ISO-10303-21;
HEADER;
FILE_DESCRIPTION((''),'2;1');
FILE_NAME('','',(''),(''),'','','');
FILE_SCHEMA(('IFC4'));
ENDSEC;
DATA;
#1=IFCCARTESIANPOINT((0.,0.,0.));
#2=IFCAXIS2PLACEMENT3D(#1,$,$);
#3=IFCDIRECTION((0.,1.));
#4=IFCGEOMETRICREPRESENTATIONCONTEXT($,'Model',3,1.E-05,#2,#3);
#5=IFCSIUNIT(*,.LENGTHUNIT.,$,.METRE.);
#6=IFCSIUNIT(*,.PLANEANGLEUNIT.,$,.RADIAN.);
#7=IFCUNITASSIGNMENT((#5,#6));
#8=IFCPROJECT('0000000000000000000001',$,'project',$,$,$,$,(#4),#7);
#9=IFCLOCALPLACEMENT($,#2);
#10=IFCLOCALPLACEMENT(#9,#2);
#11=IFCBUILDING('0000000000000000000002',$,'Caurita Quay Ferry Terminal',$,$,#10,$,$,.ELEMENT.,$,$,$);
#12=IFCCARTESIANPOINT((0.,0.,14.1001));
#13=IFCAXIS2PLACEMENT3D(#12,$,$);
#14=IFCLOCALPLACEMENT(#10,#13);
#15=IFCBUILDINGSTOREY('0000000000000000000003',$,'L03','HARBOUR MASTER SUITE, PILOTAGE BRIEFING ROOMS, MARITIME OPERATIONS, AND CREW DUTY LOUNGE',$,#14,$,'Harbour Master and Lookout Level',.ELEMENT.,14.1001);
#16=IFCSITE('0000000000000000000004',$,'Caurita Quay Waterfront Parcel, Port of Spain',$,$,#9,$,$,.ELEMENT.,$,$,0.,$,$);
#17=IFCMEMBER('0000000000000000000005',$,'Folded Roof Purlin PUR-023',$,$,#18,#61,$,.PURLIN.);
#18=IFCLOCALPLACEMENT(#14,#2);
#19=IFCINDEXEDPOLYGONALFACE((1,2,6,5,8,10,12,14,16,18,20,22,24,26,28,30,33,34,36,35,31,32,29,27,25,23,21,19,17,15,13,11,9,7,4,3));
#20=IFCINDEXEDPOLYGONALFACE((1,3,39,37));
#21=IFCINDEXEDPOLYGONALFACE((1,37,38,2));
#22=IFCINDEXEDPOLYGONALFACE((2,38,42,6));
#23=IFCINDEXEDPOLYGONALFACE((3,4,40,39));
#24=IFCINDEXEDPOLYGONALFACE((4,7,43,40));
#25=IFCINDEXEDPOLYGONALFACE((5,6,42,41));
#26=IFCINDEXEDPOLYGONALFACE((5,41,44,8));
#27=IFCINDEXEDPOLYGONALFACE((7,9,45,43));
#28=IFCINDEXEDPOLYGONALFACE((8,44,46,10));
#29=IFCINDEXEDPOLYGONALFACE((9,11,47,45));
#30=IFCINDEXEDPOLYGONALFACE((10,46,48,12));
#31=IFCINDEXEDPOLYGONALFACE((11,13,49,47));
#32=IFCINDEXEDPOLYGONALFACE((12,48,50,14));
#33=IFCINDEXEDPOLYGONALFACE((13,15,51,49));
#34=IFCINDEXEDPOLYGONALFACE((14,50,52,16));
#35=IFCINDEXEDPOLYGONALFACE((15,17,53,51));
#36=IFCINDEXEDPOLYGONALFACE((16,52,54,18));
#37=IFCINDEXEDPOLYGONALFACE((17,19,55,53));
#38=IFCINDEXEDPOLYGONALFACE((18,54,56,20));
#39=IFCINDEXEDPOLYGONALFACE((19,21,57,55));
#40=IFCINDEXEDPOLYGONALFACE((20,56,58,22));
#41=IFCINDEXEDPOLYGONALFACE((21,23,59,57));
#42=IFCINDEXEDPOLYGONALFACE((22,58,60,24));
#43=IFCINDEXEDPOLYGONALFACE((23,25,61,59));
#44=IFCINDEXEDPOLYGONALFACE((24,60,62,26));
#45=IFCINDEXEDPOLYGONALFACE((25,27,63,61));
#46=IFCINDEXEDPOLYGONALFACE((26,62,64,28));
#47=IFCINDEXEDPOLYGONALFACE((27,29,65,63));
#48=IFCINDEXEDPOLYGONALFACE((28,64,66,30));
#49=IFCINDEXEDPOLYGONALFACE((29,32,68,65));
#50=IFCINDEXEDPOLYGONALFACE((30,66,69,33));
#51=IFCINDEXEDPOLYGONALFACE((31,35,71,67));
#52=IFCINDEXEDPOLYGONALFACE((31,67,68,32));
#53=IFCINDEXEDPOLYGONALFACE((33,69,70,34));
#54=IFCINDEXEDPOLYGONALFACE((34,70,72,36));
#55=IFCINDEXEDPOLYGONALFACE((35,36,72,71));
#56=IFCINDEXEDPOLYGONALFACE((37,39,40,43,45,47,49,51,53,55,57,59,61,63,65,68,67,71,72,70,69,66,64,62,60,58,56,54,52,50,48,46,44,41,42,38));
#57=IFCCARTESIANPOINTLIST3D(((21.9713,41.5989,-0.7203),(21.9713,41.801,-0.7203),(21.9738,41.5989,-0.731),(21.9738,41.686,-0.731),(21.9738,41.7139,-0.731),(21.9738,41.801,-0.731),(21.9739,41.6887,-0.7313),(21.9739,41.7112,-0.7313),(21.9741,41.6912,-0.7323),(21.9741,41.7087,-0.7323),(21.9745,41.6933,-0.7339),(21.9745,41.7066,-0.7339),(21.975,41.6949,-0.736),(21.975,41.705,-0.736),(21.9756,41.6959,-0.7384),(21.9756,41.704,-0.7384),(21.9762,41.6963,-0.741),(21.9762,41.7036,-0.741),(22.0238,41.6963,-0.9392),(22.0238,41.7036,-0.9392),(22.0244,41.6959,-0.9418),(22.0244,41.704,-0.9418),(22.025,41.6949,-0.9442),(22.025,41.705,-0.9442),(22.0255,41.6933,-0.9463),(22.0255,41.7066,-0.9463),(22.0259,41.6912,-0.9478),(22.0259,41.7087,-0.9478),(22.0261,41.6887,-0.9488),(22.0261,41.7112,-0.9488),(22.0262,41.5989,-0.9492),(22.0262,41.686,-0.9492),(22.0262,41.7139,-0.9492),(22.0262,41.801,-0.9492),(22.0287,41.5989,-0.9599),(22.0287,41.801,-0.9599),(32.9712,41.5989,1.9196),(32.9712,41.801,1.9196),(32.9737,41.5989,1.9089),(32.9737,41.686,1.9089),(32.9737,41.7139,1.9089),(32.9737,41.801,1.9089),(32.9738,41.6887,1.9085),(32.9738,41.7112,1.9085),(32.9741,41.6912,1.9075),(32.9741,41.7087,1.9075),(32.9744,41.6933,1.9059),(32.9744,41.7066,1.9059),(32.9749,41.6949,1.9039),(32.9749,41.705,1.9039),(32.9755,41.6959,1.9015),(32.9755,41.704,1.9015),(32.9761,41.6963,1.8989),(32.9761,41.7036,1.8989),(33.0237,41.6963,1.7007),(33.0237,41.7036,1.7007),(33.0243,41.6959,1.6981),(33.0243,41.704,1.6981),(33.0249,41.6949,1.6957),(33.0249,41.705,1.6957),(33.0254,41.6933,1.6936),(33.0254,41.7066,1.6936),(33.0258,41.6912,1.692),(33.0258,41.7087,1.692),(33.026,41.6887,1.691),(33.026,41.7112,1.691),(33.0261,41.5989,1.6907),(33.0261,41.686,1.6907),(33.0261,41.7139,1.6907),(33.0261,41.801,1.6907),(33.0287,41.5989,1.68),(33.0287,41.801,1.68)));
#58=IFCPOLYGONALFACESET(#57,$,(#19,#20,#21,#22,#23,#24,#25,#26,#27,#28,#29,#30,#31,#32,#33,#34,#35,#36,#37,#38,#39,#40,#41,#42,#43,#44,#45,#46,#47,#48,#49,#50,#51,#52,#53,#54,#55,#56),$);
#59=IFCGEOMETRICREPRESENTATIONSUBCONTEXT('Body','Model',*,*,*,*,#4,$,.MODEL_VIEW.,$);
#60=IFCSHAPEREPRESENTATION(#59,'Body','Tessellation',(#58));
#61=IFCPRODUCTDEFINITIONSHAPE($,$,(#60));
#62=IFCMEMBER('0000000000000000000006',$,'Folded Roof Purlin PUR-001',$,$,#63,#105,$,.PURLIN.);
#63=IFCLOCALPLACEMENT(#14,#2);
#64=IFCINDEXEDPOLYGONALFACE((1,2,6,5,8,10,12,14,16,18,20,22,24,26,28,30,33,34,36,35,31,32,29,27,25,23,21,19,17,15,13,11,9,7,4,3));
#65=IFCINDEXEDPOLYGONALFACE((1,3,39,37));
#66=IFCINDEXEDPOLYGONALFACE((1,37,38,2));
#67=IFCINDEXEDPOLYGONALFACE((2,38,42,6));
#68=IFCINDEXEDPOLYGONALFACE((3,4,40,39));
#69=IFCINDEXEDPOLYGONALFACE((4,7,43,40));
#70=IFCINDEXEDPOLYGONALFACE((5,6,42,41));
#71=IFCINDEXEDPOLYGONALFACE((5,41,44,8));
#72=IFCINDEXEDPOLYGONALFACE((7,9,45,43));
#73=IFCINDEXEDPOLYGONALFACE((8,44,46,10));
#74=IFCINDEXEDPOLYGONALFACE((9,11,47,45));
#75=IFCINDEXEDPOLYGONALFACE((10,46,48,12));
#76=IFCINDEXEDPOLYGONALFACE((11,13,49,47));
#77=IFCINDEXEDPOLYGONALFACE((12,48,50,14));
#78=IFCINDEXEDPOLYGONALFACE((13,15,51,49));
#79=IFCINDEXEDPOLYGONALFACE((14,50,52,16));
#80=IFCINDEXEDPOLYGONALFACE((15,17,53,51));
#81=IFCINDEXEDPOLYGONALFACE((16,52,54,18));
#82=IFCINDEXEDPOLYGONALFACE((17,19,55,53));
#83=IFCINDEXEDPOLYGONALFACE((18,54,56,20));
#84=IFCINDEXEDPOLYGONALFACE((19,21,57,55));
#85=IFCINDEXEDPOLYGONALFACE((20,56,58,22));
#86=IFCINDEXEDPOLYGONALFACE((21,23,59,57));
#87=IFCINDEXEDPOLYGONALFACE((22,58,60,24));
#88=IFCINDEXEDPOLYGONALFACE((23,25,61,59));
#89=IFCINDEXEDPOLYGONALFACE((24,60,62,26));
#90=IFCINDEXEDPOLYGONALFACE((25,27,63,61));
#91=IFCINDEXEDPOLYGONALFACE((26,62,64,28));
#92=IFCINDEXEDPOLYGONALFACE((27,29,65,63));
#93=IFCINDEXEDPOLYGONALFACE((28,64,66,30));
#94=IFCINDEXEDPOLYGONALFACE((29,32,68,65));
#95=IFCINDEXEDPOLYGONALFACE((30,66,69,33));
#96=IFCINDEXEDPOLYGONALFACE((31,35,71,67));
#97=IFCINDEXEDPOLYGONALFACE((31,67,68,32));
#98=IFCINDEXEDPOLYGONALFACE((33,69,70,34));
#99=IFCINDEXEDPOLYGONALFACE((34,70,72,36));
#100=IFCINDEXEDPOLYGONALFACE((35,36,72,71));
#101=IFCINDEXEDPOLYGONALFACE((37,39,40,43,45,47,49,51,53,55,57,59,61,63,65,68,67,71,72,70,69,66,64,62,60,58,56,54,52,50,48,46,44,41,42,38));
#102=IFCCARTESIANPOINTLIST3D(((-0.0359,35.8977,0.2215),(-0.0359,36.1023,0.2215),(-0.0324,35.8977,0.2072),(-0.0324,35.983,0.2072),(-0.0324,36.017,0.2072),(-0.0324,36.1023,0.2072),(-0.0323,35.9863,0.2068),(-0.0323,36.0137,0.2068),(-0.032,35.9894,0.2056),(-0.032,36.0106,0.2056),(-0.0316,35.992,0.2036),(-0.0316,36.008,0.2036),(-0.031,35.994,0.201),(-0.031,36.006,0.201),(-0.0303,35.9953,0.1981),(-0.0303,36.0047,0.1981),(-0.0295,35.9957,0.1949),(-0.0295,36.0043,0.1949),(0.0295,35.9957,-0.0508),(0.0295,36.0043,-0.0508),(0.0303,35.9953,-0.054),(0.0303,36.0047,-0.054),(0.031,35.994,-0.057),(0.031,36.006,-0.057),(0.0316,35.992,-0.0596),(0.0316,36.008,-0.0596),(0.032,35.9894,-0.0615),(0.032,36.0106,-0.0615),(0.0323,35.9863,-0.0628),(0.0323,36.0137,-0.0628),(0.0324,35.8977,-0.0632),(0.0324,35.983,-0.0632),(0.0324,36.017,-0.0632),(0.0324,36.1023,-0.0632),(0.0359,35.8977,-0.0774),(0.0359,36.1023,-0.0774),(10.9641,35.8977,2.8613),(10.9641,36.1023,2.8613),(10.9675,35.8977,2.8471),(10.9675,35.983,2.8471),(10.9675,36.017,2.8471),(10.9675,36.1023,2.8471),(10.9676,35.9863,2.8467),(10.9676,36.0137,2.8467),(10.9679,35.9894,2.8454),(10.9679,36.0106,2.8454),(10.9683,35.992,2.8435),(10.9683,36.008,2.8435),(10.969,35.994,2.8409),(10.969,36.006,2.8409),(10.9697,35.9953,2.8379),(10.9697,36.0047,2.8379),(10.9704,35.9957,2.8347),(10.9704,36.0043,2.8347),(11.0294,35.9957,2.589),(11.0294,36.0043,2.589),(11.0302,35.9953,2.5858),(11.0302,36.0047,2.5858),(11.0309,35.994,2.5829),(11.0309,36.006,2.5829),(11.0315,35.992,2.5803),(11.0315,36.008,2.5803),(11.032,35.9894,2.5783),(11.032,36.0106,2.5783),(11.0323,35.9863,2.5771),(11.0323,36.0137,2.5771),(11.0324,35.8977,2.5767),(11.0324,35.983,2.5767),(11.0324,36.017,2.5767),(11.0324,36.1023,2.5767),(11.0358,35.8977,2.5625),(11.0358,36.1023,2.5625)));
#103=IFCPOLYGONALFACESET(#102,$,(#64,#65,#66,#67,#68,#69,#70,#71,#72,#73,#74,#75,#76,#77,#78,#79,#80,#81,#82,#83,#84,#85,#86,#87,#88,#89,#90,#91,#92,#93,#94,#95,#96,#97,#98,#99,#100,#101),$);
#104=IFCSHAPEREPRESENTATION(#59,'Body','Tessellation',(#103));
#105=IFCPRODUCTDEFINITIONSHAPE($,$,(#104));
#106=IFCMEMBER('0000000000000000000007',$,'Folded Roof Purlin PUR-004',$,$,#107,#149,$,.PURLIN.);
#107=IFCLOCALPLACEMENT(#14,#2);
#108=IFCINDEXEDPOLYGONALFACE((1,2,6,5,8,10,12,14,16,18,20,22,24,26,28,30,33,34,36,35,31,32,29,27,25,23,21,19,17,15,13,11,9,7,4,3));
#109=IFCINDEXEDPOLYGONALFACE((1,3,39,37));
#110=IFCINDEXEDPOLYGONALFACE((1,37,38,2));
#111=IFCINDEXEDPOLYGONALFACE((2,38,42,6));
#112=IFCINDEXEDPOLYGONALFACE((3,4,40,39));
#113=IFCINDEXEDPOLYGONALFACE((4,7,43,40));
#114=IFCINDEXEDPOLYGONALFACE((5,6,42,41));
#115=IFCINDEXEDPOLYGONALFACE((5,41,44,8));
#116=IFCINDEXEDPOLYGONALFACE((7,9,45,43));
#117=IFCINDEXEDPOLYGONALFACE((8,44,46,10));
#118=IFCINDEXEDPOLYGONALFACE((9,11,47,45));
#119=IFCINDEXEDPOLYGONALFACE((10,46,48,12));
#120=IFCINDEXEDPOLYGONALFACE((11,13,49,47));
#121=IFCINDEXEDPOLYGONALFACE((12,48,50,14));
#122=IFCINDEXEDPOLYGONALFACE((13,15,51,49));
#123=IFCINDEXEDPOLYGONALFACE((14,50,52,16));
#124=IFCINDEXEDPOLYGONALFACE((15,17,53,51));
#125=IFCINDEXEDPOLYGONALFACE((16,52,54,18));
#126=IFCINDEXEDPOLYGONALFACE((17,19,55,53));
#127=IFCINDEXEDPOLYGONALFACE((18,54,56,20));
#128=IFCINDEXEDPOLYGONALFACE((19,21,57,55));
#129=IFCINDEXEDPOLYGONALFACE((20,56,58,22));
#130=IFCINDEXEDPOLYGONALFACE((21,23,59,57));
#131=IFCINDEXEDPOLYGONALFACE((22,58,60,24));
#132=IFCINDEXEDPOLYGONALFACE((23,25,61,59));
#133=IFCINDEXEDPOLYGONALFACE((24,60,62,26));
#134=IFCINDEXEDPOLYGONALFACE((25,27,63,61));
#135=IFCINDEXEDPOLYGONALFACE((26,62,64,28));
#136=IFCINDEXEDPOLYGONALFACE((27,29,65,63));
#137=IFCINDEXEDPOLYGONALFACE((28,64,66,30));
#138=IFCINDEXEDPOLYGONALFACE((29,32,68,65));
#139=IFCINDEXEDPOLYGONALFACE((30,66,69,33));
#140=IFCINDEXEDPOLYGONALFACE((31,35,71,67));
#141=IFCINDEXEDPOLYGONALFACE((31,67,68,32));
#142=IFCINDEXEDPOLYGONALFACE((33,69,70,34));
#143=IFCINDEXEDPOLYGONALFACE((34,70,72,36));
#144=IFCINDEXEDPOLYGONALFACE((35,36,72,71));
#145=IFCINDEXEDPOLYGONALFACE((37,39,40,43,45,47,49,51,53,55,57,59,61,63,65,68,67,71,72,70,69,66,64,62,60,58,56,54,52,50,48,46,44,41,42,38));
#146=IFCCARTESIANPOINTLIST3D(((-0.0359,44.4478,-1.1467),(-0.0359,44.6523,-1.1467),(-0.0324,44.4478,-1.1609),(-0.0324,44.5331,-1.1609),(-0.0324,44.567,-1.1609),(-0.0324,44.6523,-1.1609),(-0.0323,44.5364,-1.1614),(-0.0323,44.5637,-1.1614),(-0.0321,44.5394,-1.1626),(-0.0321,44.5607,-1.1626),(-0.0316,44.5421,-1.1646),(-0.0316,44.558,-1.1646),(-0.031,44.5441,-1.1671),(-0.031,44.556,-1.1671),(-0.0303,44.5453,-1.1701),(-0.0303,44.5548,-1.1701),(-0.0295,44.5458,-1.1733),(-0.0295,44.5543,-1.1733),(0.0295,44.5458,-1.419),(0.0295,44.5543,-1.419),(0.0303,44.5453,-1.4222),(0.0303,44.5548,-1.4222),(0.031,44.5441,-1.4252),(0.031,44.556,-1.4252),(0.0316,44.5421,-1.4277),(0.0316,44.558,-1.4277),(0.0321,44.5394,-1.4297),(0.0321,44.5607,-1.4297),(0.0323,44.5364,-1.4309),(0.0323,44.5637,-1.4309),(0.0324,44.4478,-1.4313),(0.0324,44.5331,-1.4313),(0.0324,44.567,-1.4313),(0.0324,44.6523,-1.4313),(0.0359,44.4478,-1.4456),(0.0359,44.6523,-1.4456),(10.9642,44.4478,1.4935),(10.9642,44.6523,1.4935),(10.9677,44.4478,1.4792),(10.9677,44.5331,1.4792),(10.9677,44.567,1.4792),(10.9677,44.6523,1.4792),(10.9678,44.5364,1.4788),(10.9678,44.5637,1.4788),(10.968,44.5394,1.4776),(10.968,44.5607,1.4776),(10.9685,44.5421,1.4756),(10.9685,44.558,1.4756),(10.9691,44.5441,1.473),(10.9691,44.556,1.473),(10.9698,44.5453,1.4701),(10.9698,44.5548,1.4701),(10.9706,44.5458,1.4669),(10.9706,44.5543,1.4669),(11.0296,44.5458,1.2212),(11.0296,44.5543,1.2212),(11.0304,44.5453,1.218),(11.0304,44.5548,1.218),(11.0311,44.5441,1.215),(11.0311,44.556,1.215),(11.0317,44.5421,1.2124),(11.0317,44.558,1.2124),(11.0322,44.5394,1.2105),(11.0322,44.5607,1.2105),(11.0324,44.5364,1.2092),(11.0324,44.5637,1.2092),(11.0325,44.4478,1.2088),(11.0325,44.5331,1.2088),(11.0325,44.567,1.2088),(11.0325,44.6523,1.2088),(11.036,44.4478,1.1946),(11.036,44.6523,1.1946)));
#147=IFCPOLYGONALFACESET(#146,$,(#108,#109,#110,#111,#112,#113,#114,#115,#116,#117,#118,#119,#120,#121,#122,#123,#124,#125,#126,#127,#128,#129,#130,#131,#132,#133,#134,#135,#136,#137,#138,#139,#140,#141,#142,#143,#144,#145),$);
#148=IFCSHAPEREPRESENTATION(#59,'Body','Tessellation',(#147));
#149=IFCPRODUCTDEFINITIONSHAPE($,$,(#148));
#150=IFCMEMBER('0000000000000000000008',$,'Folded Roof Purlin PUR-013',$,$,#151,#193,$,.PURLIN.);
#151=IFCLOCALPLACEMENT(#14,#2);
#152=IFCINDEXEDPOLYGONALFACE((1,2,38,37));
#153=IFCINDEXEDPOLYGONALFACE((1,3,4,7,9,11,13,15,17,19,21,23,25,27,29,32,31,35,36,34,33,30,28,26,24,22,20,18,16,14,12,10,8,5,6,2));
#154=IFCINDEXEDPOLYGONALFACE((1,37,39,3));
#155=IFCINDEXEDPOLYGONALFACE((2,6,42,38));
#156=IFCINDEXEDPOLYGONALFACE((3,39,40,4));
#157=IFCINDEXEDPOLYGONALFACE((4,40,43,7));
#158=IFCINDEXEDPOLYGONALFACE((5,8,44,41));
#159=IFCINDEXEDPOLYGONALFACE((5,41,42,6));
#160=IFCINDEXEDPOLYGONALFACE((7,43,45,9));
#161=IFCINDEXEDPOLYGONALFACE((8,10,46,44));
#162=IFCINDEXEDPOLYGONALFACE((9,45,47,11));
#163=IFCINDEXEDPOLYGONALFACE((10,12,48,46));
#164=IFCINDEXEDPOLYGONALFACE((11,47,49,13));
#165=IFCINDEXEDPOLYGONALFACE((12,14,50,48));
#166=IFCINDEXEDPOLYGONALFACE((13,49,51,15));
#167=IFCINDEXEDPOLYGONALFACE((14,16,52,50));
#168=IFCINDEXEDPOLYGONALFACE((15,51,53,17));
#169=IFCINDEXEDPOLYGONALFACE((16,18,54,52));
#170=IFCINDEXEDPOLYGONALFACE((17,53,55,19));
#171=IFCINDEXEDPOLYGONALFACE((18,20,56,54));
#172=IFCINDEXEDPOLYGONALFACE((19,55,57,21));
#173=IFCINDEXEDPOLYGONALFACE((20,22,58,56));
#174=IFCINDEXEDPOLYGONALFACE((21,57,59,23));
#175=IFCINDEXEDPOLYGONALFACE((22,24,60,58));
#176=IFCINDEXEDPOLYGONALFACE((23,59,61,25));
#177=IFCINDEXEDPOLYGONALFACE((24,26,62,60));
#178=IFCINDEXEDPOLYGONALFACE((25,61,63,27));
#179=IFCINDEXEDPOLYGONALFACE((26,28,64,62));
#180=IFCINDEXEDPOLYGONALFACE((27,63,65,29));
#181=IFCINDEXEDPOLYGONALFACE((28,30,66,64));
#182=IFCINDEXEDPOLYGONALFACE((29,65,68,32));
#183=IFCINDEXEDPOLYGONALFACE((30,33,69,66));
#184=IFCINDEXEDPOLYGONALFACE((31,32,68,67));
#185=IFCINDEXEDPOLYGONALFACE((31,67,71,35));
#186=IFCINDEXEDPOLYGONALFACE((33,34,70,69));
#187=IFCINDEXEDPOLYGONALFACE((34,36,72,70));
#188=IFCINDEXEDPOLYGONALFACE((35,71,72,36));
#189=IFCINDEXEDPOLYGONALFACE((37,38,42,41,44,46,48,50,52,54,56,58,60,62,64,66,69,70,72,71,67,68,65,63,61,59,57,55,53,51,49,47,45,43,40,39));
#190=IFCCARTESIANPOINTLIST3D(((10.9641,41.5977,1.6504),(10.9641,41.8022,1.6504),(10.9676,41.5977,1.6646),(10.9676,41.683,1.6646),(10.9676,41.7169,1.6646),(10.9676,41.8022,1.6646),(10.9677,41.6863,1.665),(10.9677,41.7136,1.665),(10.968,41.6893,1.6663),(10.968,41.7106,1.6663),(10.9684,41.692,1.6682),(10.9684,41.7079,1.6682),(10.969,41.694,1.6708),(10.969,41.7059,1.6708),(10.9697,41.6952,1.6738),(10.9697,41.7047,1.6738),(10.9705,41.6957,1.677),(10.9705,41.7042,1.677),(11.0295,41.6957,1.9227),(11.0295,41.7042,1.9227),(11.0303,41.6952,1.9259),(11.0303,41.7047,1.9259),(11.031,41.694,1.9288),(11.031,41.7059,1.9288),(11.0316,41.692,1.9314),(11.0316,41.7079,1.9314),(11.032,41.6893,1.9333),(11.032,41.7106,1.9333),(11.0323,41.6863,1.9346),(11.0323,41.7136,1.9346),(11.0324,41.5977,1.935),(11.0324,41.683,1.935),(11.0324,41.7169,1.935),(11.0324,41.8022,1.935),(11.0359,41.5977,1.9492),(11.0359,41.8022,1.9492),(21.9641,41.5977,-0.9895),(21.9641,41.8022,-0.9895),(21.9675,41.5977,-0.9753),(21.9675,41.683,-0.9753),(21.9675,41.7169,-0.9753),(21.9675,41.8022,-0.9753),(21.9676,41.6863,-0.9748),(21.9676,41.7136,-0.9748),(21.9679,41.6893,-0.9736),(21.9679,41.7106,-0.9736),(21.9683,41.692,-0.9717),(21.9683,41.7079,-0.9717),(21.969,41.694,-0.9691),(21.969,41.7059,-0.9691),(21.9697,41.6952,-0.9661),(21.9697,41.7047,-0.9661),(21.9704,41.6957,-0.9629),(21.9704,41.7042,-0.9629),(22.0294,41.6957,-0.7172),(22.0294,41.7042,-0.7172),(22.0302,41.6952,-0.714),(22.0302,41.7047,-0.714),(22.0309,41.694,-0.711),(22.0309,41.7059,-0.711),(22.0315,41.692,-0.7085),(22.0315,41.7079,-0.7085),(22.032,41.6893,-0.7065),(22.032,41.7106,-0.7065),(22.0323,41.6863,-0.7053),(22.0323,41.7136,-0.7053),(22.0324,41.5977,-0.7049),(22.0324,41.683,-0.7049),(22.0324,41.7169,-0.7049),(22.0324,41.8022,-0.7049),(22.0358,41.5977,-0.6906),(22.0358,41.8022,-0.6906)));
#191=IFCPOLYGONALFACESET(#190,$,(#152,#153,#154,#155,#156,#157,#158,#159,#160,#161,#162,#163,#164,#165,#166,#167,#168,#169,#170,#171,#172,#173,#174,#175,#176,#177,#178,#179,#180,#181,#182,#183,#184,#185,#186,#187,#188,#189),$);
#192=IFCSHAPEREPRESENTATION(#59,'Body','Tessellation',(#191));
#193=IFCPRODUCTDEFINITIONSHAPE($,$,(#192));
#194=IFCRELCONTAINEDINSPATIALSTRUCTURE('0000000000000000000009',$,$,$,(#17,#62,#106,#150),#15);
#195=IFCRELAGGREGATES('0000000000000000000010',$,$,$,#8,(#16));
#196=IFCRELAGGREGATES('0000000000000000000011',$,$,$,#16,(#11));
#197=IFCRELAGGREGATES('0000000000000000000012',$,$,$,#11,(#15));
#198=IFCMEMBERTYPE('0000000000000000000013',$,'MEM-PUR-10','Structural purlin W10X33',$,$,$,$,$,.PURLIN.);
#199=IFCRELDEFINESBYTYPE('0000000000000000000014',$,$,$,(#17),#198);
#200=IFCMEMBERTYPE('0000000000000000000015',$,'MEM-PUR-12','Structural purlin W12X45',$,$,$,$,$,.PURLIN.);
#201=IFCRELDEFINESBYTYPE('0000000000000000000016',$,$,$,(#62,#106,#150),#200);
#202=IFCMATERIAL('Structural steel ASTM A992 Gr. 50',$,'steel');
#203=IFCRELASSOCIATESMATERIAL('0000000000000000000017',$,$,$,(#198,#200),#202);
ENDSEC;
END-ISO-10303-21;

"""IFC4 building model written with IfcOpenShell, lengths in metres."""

from ifc_helpers import new_model, si_unit, direction, frame, origin, origin_2d, place, context, subcontext, project, spatial, i_section, extrude, material, material_profile, profile_set, type_object, element, save


model = new_model("IFC4")

# Units and contexts
model_context = context("Model", 3, precision=1e-05, world=origin(), true_north=direction((0.0, 1.0)))
body_context = subcontext(model_context, "Body", "Model", "MODEL_VIEW")
ifc_project = project(units=[si_unit("LENGTHUNIT", "METRE"), si_unit("PLANEANGLEUNIT", "RADIAN")], contexts=[model_context])

# Site, building, storey
site_placement = place(None, origin())
site = spatial("IfcSite", under=ifc_project, at=site_placement, Name="Caurita Quay Waterfront Parcel, Port of Spain", CompositionType="ELEMENT", RefElevation=0.0)
building_placement = place(site_placement, origin())
building = spatial("IfcBuilding", under=site, at=building_placement, Name="Caurita Quay Ferry Terminal", CompositionType="ELEMENT")
storey_placement = place(building_placement, frame((0.0, 0.0, 14.1001)))
storey = spatial("IfcBuildingStorey", under=building, at=storey_placement, Name="L03", Description="HARBOUR MASTER SUITE, PILOTAGE BRIEFING ROOMS, MARITIME OPERATIONS, AND CREW DUTY LOUNGE", LongName="Harbour Master and Lookout Level", CompositionType="ELEMENT", Elevation=14.1001)

# Shared definitions
ifc_material_1 = material(Name="Structural steel ASTM A992 Gr. 50", Category="steel")

# Members
ifc_material_profile_1 = material_profile(ifc_material_1, i_section(OverallWidth=0.2021, OverallDepth=0.2463, WebThickness=0.0073, FlangeThickness=0.011, FilletRadius=0.0103, at=origin_2d()), Name="W10X33")
ifc_profile_set_1 = profile_set([ifc_material_profile_1], Name="Structural steel ASTM A992 Gr. 50")
member_type_1 = type_object("IfcMemberType", Name="MEM-PUR-10", Description="Structural purlin W10X33", PredefinedType="PURLIN", material=ifc_profile_set_1)
member_1_placement = place(storey_placement, frame((22.0, 41.7, -0.8401), z_axis=(0.972389, 0.0, 0.233364), x_axis=(0.0, 1.0, 0.0)))
element("IfcMember", 1, at=member_1_placement, inside=storey, type_object=member_type_1, Name="Folded Roof Purlin PUR-023", PredefinedType="PURLIN", context=body_context, shape_type="SweptSolid", body=[
    extrude(i_section(OverallWidth=0.2021, OverallDepth=0.2463, WebThickness=0.0073, FlangeThickness=0.011, FilletRadius=0.0103, at=origin_2d()), origin(), (0.0, 0.0, 1.0), 11.3123),
])
ifc_material_profile_2 = material_profile(ifc_material_1, i_section(OverallWidth=0.2046, OverallDepth=0.3074, WebThickness=0.0085, FlangeThickness=0.0146, FilletRadius=0.0127, at=origin_2d()), Name="W12X45")
ifc_profile_set_2 = profile_set([ifc_material_profile_2], Name="Structural steel ASTM A992 Gr. 50")
member_type_2 = type_object("IfcMemberType", Name="MEM-PUR-12", Description="Structural purlin W12X45", PredefinedType="PURLIN", material=ifc_profile_set_2)
member_2_placement = place(storey_placement, frame((0.0, 36.0, 0.072), z_axis=(0.972389, 0.0, 0.233364), x_axis=(0.0, 1.0, 0.0)))
element("IfcMember", 2, at=member_2_placement, inside=storey, type_object=member_type_2, Name="Folded Roof Purlin PUR-001", PredefinedType="PURLIN", context=body_context, shape_type="SweptSolid", body=[
    extrude(i_section(OverallWidth=0.2046, OverallDepth=0.3074, WebThickness=0.0085, FlangeThickness=0.0146, FilletRadius=0.0127, at=origin_2d()), origin(), (0.0, 0.0, 1.0), 11.3123),
])
member_3_placement = place(storey_placement, frame((0.0, 44.55, -1.2961), z_axis=(0.972385, 0.0, 0.233384), x_axis=(0.0, 1.0, 0.0)))
element("IfcMember", 3, at=member_3_placement, inside=storey, type_object=member_type_2, Name="Folded Roof Purlin PUR-004", PredefinedType="PURLIN", context=body_context, shape_type="SweptSolid", body=[
    extrude(i_section(OverallWidth=0.2046, OverallDepth=0.3074, WebThickness=0.0085, FlangeThickness=0.0146, FilletRadius=0.0127, at=origin_2d()), origin(), (0.0, 0.0, 1.0), 11.3125),
])
for number, where, z_axis, x_axis, name in (
    (4, (11.0, 41.7, 1.7998), (0.972389, 0.0, -0.233364), (0.0, 1.0, 0.0), "Folded Roof Purlin PUR-013"),
):
    element("IfcMember", number, at=place(storey_placement, frame(where, z_axis=z_axis, x_axis=x_axis)), inside=storey, type_object=member_type_2, Name=name, PredefinedType="PURLIN", context=body_context, shape_type="SweptSolid", body=[
        extrude(i_section(OverallWidth=0.2046, OverallDepth=0.3074, WebThickness=0.0085, FlangeThickness=0.0146, FilletRadius=0.0127, at=origin_2d()), origin(), (0.0, 0.0, 1.0), 11.3123),
    ])

save(model, "model.ifc")
